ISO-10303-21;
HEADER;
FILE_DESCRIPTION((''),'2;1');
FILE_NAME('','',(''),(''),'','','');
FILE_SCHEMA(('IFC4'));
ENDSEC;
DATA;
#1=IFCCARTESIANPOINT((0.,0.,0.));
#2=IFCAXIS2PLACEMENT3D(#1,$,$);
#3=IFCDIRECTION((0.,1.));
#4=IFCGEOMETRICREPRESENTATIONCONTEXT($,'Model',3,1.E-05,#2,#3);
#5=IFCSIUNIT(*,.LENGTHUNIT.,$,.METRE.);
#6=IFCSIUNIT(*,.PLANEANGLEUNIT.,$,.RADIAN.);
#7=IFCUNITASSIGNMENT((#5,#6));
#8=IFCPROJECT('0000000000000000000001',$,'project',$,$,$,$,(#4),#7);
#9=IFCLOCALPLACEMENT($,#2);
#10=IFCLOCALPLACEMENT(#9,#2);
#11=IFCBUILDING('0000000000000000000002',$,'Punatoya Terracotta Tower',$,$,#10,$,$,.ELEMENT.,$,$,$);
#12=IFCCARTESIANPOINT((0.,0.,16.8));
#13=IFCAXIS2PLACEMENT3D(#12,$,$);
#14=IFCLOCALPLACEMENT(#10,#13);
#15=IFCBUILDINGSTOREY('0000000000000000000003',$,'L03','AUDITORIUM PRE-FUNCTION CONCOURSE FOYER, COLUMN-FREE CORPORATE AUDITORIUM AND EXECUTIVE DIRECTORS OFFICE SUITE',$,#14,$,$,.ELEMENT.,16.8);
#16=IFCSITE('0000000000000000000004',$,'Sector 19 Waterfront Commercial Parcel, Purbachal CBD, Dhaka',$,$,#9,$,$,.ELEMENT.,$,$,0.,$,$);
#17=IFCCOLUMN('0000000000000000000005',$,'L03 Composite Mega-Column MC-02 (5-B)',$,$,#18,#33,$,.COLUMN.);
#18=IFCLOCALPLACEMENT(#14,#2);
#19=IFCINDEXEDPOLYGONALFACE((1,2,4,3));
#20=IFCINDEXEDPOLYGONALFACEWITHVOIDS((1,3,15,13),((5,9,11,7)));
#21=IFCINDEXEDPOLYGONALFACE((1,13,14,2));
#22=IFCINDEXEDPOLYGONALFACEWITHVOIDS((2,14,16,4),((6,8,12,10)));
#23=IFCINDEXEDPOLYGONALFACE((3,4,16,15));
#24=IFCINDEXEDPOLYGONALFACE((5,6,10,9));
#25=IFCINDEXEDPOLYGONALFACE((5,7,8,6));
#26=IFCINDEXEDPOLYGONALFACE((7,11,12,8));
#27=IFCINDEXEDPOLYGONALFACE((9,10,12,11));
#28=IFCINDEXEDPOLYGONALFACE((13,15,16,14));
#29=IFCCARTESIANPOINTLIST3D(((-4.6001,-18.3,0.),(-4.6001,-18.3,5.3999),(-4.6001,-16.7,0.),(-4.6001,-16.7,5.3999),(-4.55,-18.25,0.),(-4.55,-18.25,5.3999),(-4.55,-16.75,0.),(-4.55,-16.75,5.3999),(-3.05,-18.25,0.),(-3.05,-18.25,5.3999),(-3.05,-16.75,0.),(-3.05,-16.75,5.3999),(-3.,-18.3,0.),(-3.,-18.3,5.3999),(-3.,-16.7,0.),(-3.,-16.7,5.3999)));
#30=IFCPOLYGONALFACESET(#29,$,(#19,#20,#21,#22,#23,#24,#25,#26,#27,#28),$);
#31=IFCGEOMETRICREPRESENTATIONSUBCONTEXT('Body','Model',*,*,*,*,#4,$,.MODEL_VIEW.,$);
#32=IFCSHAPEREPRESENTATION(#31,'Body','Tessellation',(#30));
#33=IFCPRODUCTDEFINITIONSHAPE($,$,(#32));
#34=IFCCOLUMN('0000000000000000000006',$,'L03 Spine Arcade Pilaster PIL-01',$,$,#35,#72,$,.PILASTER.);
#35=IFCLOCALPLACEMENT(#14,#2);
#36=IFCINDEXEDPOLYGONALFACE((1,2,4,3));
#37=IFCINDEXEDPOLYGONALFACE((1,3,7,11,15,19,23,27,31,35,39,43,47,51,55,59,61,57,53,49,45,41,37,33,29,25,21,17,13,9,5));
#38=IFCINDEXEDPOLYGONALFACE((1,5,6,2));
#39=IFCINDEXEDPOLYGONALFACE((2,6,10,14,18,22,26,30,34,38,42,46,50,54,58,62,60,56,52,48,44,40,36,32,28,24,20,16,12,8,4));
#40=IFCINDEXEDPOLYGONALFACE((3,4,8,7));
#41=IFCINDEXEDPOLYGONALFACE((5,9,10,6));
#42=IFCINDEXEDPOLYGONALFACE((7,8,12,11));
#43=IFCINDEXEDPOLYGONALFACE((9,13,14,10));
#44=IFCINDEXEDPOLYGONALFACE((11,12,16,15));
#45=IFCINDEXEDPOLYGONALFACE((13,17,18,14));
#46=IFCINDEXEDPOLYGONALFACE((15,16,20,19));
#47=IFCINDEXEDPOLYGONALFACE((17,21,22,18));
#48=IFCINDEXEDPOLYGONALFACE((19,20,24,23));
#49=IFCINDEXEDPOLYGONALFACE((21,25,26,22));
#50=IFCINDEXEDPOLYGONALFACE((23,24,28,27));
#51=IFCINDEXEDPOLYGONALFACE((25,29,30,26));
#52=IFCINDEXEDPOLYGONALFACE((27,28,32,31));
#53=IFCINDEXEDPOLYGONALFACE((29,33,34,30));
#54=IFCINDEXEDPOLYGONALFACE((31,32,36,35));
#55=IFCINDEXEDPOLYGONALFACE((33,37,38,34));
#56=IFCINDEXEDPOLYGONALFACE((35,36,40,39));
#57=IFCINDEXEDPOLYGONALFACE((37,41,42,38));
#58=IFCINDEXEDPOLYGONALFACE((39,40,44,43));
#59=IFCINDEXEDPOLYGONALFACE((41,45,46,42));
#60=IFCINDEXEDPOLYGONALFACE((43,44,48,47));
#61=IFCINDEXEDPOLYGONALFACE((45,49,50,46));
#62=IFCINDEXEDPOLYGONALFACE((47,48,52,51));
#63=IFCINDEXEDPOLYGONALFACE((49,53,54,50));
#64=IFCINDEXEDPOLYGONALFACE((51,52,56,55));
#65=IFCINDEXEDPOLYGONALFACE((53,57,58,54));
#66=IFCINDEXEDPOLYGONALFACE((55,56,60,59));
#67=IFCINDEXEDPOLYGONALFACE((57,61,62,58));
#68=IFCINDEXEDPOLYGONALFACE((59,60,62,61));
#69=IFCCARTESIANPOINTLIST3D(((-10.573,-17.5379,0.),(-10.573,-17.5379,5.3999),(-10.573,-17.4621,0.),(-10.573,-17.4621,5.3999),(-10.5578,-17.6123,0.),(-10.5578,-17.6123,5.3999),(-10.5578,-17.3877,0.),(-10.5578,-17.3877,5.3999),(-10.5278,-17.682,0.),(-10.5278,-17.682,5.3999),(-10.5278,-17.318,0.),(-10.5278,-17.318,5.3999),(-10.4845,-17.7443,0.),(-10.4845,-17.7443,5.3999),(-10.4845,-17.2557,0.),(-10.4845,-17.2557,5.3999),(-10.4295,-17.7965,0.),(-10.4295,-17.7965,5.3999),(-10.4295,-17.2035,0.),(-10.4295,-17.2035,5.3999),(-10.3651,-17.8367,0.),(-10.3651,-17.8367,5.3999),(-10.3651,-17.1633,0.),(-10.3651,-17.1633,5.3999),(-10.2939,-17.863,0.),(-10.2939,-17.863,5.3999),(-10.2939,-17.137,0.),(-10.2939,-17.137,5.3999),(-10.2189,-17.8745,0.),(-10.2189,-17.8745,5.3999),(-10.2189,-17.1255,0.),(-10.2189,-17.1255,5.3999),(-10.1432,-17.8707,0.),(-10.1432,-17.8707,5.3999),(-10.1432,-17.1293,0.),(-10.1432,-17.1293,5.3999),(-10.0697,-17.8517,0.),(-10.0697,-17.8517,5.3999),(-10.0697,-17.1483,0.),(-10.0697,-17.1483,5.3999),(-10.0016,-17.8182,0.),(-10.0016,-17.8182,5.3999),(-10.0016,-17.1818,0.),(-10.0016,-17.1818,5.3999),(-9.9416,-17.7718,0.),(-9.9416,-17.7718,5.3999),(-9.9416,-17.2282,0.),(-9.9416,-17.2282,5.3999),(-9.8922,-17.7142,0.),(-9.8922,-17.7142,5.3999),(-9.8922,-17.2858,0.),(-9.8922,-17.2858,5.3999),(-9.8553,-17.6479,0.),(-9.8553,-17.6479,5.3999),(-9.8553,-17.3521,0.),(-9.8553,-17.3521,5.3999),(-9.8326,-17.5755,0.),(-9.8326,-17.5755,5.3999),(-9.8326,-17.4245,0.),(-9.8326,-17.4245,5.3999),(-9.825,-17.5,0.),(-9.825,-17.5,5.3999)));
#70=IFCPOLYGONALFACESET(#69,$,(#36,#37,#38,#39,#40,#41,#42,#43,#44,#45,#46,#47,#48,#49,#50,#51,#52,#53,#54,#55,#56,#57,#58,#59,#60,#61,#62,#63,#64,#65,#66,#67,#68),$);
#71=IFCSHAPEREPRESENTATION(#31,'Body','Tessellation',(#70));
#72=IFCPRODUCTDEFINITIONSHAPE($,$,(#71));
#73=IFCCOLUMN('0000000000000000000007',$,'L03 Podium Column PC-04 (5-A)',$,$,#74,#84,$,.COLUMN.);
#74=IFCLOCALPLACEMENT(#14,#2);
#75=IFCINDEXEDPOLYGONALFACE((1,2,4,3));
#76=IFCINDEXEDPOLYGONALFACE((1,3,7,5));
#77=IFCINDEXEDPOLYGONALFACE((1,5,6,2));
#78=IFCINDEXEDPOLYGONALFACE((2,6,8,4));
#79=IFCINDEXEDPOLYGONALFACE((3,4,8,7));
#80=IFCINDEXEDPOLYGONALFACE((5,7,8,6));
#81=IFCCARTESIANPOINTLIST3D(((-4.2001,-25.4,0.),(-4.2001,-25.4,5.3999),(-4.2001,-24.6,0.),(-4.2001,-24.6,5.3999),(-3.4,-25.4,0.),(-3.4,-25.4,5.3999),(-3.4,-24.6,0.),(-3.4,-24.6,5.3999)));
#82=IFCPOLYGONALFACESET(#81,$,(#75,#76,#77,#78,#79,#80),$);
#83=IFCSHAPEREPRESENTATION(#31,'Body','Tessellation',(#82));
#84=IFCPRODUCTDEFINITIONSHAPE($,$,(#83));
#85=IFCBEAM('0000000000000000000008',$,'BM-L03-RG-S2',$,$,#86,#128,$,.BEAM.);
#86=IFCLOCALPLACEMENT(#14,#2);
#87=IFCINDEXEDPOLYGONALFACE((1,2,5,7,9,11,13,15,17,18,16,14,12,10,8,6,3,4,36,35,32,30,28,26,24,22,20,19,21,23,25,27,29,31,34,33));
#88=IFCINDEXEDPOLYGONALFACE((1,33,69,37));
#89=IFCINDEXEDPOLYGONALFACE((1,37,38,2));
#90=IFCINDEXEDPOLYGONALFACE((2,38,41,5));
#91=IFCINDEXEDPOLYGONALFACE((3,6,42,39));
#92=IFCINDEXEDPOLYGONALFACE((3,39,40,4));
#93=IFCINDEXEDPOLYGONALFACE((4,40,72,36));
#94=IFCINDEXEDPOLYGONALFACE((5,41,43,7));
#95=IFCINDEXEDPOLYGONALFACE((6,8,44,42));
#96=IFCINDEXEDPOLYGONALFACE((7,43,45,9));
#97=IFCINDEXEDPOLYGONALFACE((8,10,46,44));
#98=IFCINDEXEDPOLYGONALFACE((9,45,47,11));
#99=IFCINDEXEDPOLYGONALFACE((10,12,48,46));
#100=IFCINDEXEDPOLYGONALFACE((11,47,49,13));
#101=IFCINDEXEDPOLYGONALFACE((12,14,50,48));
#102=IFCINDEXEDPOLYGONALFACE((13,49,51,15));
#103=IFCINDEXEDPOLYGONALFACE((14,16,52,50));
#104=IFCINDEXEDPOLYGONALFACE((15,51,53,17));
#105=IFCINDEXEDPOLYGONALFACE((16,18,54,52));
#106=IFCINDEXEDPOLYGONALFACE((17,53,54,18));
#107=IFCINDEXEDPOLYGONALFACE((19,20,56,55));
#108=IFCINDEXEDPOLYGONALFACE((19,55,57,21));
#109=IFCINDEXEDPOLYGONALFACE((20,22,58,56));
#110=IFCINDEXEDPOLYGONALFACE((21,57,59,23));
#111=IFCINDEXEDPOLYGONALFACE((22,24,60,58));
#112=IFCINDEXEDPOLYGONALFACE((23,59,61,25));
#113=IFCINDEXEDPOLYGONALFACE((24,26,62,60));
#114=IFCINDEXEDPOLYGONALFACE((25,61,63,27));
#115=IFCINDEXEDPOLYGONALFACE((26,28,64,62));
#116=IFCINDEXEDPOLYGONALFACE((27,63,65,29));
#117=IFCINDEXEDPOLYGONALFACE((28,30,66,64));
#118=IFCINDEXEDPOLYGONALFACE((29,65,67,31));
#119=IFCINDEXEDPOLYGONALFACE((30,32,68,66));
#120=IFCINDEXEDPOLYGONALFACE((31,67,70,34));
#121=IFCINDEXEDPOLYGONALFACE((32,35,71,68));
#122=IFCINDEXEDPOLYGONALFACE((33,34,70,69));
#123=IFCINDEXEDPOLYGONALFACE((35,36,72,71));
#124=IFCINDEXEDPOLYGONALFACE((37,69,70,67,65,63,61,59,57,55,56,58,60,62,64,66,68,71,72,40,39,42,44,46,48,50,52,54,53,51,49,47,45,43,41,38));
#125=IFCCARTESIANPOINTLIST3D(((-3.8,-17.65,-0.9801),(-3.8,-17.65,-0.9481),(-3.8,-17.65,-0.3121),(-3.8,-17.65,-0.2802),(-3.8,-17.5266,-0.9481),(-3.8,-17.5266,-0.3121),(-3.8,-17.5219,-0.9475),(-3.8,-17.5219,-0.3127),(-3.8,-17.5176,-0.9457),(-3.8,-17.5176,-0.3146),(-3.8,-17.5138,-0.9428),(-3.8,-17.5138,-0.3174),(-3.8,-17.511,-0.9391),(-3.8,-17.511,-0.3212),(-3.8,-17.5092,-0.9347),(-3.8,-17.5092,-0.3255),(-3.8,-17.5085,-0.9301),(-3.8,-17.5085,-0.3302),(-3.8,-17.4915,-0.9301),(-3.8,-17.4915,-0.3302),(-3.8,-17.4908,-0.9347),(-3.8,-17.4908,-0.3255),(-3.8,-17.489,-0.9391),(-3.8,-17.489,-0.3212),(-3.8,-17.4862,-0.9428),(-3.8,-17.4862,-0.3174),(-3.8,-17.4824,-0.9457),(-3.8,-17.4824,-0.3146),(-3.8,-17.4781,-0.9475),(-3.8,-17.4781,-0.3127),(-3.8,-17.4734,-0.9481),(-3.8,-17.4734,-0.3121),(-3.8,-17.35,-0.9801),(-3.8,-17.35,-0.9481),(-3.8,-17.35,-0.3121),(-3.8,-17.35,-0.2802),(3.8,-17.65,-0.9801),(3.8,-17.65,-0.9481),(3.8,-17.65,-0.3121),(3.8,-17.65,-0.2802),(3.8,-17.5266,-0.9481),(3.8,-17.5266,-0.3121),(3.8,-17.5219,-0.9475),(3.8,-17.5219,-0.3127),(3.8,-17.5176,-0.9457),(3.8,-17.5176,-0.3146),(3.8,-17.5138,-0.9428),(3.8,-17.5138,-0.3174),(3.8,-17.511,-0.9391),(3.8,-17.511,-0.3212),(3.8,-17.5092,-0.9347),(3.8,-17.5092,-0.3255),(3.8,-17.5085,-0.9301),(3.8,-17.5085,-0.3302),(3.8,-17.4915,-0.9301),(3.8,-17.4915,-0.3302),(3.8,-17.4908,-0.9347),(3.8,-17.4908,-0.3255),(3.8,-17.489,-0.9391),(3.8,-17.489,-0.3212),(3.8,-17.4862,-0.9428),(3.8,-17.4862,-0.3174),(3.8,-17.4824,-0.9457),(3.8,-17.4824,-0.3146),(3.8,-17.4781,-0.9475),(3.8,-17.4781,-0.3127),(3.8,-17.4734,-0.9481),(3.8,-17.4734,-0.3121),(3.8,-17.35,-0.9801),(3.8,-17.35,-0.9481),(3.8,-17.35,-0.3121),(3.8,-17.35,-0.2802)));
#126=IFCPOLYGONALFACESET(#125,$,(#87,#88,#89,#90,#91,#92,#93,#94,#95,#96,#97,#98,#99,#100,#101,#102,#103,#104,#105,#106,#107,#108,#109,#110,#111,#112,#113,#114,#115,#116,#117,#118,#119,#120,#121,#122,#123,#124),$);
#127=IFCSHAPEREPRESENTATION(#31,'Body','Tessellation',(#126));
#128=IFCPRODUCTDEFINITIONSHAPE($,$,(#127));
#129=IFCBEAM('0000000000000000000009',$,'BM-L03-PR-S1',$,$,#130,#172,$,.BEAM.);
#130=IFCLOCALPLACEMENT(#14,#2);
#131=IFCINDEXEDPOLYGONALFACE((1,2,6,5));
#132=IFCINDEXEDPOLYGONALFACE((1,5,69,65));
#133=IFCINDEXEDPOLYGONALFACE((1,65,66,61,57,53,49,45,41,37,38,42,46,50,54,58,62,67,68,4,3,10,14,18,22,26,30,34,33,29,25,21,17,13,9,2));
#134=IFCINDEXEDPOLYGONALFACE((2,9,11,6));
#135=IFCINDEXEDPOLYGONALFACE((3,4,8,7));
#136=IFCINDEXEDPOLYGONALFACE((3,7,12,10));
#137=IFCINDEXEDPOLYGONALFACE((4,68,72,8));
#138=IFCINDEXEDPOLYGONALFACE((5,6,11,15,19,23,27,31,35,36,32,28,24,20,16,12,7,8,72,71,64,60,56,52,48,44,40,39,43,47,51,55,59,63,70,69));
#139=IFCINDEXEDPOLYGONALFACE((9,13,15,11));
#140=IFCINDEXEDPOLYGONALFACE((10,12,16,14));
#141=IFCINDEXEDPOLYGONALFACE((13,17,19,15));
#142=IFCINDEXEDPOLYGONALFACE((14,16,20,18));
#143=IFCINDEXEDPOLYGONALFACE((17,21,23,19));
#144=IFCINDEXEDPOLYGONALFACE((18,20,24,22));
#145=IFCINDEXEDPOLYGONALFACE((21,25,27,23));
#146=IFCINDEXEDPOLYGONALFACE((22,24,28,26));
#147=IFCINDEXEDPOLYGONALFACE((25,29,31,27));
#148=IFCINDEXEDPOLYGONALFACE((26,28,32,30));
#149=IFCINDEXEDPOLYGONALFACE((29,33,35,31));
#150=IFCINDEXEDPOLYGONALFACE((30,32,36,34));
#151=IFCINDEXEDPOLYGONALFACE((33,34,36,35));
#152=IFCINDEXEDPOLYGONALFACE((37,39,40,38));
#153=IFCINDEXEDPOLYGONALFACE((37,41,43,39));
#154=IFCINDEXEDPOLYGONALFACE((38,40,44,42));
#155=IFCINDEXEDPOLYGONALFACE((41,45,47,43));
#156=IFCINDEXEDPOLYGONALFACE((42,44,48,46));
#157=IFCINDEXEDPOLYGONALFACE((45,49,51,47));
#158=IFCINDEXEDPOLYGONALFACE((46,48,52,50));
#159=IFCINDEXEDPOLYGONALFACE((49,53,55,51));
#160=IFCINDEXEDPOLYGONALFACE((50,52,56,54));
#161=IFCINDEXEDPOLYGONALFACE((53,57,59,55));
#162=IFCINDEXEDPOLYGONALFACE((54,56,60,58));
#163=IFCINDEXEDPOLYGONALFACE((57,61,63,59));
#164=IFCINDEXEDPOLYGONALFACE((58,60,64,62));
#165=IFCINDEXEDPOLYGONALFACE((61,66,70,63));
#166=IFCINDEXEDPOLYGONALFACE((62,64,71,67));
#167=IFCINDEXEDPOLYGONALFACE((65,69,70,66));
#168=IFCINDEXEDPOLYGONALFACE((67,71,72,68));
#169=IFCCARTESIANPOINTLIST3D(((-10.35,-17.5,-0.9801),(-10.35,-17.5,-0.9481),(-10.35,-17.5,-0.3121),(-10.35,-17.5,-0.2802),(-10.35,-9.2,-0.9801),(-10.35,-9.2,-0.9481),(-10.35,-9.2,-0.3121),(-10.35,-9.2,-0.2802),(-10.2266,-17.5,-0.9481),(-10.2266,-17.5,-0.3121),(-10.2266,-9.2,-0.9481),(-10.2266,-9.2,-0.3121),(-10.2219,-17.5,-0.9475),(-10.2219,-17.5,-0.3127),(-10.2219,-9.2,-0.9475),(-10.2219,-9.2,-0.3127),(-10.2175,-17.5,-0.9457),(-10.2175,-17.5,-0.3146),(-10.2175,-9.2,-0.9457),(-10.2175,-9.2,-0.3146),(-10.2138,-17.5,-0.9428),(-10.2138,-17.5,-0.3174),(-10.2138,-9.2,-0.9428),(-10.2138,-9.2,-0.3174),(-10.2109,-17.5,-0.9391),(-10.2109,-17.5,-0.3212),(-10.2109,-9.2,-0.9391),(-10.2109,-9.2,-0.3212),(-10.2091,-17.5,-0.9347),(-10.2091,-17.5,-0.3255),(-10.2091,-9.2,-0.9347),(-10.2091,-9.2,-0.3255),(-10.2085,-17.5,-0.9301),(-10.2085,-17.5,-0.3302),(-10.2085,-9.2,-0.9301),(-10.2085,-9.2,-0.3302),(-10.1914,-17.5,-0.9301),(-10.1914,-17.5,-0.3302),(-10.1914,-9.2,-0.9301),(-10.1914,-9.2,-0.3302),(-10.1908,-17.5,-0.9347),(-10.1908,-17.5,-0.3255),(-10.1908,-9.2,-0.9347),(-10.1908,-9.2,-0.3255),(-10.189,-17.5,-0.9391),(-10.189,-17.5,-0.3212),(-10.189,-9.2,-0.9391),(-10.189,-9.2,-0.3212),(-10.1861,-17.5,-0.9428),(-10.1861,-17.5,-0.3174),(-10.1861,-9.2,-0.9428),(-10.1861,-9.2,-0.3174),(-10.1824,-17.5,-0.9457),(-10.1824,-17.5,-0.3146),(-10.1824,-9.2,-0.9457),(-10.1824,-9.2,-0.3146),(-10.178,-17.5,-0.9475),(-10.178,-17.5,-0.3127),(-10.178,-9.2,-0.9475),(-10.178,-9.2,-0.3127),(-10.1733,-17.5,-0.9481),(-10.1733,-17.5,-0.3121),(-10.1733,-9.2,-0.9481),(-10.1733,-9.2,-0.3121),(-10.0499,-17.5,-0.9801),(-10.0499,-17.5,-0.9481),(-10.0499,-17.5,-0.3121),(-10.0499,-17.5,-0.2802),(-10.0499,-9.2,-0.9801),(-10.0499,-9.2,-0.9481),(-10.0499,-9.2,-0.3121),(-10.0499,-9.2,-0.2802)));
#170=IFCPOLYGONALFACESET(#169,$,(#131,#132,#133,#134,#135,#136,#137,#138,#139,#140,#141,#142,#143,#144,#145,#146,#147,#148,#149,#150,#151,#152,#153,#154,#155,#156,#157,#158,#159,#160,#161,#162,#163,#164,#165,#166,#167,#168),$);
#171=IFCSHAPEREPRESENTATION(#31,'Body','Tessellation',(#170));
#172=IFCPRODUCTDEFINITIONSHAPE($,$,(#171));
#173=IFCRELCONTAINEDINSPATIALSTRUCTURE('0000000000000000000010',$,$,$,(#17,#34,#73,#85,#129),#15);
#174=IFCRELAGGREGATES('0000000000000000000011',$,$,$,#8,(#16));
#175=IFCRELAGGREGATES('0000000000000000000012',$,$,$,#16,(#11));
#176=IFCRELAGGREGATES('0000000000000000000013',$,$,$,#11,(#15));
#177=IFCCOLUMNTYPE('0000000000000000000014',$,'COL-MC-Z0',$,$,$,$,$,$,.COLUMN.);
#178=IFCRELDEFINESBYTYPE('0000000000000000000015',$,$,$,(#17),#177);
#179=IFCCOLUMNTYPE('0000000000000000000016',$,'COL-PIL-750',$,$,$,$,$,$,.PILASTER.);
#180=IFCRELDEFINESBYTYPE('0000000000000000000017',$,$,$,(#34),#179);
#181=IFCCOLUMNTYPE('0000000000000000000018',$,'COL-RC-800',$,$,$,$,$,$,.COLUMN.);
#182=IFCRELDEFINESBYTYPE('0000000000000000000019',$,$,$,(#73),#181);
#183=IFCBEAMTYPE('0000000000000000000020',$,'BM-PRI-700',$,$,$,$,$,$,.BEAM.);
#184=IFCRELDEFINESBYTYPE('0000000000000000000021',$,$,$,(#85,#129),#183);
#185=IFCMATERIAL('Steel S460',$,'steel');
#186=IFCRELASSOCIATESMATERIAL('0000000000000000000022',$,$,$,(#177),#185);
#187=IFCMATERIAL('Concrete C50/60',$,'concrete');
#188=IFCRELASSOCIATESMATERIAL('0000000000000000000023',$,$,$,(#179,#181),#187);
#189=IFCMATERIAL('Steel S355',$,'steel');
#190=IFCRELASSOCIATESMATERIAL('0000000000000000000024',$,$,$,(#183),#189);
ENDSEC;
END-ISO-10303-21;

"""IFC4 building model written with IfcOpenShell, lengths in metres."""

from ifc_helpers import new_model, si_unit, direction, frame, origin, origin_2d, place, context, subcontext, project, spatial, rectangle, hollow_rectangle, circle, i_section, extrude, material, material_profile, profile_set, type_object, element, save


model = new_model("IFC4")

# Units and contexts
model_context = context("Model", 3, precision=1e-05, world=origin(), true_north=direction((0.0, 1.0)))
body_context = subcontext(model_context, "Body", "Model", "MODEL_VIEW")
ifc_project = project(units=[si_unit("LENGTHUNIT", "METRE"), si_unit("PLANEANGLEUNIT", "RADIAN")], contexts=[model_context])

# Site, building, storey
site_placement = place(None, origin())
site = spatial("IfcSite", under=ifc_project, at=site_placement, Name="Sector 19 Waterfront Commercial Parcel, Purbachal CBD, Dhaka", CompositionType="ELEMENT", RefElevation=0.0)
building_placement = place(site_placement, origin())
building = spatial("IfcBuilding", under=site, at=building_placement, Name="Punatoya Terracotta Tower", CompositionType="ELEMENT")
storey_placement = place(building_placement, frame((0.0, 0.0, 16.8)))
storey = spatial("IfcBuildingStorey", under=building, at=storey_placement, Name="L03", Description="AUDITORIUM PRE-FUNCTION CONCOURSE FOYER, COLUMN-FREE CORPORATE AUDITORIUM AND EXECUTIVE DIRECTORS OFFICE SUITE", CompositionType="ELEMENT", Elevation=16.8)

# Columns
ifc_material_1 = material(Name="Steel S460", Category="steel")
ifc_material_profile_1 = material_profile(ifc_material_1, hollow_rectangle(XDim=1.6001, YDim=1.6001, WallThickness=0.05, at=origin_2d()))
ifc_profile_set_1 = profile_set([ifc_material_profile_1], Name="Steel S460")
column_type_1 = type_object("IfcColumnType", Name="COL-MC-Z0", PredefinedType="COLUMN", material=ifc_profile_set_1)
column_1_placement = place(storey_placement, frame((-3.8, -17.5, 0.0), z_axis=(0.0, 0.0, 1.0), x_axis=(1.0, 0.0, 0.0)))
element("IfcColumn", 1, at=column_1_placement, inside=storey, type_object=column_type_1, Name="L03 Composite Mega-Column MC-02 (5-B)", PredefinedType="COLUMN", context=body_context, shape_type="SweptSolid", body=[
    extrude(hollow_rectangle(XDim=1.6001, YDim=1.6001, WallThickness=0.05, at=origin_2d()), origin(), (0.0, 0.0, 1.0), 5.3999),
])
ifc_material_2 = material(Name="Concrete C50/60", Category="concrete")
ifc_material_profile_2 = material_profile(ifc_material_2, circle(Radius=0.375, at=origin_2d()))
ifc_profile_set_2 = profile_set([ifc_material_profile_2], Name="Concrete C50/60")
column_type_2 = type_object("IfcColumnType", Name="COL-PIL-750", PredefinedType="PILASTER", material=ifc_profile_set_2)
column_2_placement = place(storey_placement, frame((-10.2, -17.5, 0.0), z_axis=(0.0, 0.0, 1.0), x_axis=(1.0, 0.0, 0.0)))
element("IfcColumn", 2, at=column_2_placement, inside=storey, type_object=column_type_2, Name="L03 Spine Arcade Pilaster PIL-01", PredefinedType="PILASTER", context=body_context, shape_type="SweptSolid", body=[
    extrude(circle(Radius=0.375, at=origin_2d()), origin(), (0.0, 0.0, 1.0), 5.3999),
])
ifc_material_profile_3 = material_profile(ifc_material_2, rectangle(XDim=0.8, YDim=0.8, at=origin_2d()))
ifc_profile_set_3 = profile_set([ifc_material_profile_3], Name="Concrete C50/60")
column_type_3 = type_object("IfcColumnType", Name="COL-RC-800", PredefinedType="COLUMN", material=ifc_profile_set_3)
column_3_placement = place(storey_placement, frame((-3.8, -25.0, 0.0), z_axis=(0.0, 0.0, 1.0), x_axis=(1.0, 0.0, 0.0)))
element("IfcColumn", 3, at=column_3_placement, inside=storey, type_object=column_type_3, Name="L03 Podium Column PC-04 (5-A)", PredefinedType="COLUMN", context=body_context, shape_type="SweptSolid", body=[
    extrude(rectangle(XDim=0.8, YDim=0.8, at=origin_2d()), origin(), (0.0, 0.0, 1.0), 5.3999),
])

# Beams
ifc_material_3 = material(Name="Steel S355", Category="steel")
ifc_material_profile_4 = material_profile(ifc_material_3, i_section(OverallWidth=0.3, OverallDepth=0.7, WebThickness=0.0171, FlangeThickness=0.032, FilletRadius=0.0181, at=origin_2d()))
ifc_profile_set_4 = profile_set([ifc_material_profile_4], Name="Steel S355")
beam_type_1 = type_object("IfcBeamType", Name="BM-PRI-700", PredefinedType="BEAM", material=ifc_profile_set_4)
beam_1_placement = place(storey_placement, frame((-3.8, -17.5, -0.6301), z_axis=(1.0, 0.0, 0.0), x_axis=(0.0, 1.0, 0.0)))
element("IfcBeam", 4, at=beam_1_placement, inside=storey, type_object=beam_type_1, Name="BM-L03-RG-S2", PredefinedType="BEAM", context=body_context, shape_type="SweptSolid", body=[
    extrude(i_section(OverallWidth=0.3, OverallDepth=0.7, WebThickness=0.0171, FlangeThickness=0.032, FilletRadius=0.0181, at=origin_2d()), origin(), (0.0, 0.0, 1.0), 7.6001),
])
for number, where, z_axis, x_axis, name in (
    (5, (-10.2, -17.5, -0.6301), (0.0, 1.0, 0.0), (-1.0, 0.0, 0.0), "BM-L03-PR-S1"),
):
    element("IfcBeam", number, at=place(storey_placement, frame(where, z_axis=z_axis, x_axis=x_axis)), inside=storey, type_object=beam_type_1, Name=name, PredefinedType="BEAM", context=body_context, shape_type="SweptSolid", body=[
        extrude(i_section(OverallWidth=0.3, OverallDepth=0.7, WebThickness=0.0171, FlangeThickness=0.032, FilletRadius=0.0181, at=origin_2d()), origin(), (0.0, 0.0, 1.0), 8.3),
    ])

save(model, "model.ifc")
